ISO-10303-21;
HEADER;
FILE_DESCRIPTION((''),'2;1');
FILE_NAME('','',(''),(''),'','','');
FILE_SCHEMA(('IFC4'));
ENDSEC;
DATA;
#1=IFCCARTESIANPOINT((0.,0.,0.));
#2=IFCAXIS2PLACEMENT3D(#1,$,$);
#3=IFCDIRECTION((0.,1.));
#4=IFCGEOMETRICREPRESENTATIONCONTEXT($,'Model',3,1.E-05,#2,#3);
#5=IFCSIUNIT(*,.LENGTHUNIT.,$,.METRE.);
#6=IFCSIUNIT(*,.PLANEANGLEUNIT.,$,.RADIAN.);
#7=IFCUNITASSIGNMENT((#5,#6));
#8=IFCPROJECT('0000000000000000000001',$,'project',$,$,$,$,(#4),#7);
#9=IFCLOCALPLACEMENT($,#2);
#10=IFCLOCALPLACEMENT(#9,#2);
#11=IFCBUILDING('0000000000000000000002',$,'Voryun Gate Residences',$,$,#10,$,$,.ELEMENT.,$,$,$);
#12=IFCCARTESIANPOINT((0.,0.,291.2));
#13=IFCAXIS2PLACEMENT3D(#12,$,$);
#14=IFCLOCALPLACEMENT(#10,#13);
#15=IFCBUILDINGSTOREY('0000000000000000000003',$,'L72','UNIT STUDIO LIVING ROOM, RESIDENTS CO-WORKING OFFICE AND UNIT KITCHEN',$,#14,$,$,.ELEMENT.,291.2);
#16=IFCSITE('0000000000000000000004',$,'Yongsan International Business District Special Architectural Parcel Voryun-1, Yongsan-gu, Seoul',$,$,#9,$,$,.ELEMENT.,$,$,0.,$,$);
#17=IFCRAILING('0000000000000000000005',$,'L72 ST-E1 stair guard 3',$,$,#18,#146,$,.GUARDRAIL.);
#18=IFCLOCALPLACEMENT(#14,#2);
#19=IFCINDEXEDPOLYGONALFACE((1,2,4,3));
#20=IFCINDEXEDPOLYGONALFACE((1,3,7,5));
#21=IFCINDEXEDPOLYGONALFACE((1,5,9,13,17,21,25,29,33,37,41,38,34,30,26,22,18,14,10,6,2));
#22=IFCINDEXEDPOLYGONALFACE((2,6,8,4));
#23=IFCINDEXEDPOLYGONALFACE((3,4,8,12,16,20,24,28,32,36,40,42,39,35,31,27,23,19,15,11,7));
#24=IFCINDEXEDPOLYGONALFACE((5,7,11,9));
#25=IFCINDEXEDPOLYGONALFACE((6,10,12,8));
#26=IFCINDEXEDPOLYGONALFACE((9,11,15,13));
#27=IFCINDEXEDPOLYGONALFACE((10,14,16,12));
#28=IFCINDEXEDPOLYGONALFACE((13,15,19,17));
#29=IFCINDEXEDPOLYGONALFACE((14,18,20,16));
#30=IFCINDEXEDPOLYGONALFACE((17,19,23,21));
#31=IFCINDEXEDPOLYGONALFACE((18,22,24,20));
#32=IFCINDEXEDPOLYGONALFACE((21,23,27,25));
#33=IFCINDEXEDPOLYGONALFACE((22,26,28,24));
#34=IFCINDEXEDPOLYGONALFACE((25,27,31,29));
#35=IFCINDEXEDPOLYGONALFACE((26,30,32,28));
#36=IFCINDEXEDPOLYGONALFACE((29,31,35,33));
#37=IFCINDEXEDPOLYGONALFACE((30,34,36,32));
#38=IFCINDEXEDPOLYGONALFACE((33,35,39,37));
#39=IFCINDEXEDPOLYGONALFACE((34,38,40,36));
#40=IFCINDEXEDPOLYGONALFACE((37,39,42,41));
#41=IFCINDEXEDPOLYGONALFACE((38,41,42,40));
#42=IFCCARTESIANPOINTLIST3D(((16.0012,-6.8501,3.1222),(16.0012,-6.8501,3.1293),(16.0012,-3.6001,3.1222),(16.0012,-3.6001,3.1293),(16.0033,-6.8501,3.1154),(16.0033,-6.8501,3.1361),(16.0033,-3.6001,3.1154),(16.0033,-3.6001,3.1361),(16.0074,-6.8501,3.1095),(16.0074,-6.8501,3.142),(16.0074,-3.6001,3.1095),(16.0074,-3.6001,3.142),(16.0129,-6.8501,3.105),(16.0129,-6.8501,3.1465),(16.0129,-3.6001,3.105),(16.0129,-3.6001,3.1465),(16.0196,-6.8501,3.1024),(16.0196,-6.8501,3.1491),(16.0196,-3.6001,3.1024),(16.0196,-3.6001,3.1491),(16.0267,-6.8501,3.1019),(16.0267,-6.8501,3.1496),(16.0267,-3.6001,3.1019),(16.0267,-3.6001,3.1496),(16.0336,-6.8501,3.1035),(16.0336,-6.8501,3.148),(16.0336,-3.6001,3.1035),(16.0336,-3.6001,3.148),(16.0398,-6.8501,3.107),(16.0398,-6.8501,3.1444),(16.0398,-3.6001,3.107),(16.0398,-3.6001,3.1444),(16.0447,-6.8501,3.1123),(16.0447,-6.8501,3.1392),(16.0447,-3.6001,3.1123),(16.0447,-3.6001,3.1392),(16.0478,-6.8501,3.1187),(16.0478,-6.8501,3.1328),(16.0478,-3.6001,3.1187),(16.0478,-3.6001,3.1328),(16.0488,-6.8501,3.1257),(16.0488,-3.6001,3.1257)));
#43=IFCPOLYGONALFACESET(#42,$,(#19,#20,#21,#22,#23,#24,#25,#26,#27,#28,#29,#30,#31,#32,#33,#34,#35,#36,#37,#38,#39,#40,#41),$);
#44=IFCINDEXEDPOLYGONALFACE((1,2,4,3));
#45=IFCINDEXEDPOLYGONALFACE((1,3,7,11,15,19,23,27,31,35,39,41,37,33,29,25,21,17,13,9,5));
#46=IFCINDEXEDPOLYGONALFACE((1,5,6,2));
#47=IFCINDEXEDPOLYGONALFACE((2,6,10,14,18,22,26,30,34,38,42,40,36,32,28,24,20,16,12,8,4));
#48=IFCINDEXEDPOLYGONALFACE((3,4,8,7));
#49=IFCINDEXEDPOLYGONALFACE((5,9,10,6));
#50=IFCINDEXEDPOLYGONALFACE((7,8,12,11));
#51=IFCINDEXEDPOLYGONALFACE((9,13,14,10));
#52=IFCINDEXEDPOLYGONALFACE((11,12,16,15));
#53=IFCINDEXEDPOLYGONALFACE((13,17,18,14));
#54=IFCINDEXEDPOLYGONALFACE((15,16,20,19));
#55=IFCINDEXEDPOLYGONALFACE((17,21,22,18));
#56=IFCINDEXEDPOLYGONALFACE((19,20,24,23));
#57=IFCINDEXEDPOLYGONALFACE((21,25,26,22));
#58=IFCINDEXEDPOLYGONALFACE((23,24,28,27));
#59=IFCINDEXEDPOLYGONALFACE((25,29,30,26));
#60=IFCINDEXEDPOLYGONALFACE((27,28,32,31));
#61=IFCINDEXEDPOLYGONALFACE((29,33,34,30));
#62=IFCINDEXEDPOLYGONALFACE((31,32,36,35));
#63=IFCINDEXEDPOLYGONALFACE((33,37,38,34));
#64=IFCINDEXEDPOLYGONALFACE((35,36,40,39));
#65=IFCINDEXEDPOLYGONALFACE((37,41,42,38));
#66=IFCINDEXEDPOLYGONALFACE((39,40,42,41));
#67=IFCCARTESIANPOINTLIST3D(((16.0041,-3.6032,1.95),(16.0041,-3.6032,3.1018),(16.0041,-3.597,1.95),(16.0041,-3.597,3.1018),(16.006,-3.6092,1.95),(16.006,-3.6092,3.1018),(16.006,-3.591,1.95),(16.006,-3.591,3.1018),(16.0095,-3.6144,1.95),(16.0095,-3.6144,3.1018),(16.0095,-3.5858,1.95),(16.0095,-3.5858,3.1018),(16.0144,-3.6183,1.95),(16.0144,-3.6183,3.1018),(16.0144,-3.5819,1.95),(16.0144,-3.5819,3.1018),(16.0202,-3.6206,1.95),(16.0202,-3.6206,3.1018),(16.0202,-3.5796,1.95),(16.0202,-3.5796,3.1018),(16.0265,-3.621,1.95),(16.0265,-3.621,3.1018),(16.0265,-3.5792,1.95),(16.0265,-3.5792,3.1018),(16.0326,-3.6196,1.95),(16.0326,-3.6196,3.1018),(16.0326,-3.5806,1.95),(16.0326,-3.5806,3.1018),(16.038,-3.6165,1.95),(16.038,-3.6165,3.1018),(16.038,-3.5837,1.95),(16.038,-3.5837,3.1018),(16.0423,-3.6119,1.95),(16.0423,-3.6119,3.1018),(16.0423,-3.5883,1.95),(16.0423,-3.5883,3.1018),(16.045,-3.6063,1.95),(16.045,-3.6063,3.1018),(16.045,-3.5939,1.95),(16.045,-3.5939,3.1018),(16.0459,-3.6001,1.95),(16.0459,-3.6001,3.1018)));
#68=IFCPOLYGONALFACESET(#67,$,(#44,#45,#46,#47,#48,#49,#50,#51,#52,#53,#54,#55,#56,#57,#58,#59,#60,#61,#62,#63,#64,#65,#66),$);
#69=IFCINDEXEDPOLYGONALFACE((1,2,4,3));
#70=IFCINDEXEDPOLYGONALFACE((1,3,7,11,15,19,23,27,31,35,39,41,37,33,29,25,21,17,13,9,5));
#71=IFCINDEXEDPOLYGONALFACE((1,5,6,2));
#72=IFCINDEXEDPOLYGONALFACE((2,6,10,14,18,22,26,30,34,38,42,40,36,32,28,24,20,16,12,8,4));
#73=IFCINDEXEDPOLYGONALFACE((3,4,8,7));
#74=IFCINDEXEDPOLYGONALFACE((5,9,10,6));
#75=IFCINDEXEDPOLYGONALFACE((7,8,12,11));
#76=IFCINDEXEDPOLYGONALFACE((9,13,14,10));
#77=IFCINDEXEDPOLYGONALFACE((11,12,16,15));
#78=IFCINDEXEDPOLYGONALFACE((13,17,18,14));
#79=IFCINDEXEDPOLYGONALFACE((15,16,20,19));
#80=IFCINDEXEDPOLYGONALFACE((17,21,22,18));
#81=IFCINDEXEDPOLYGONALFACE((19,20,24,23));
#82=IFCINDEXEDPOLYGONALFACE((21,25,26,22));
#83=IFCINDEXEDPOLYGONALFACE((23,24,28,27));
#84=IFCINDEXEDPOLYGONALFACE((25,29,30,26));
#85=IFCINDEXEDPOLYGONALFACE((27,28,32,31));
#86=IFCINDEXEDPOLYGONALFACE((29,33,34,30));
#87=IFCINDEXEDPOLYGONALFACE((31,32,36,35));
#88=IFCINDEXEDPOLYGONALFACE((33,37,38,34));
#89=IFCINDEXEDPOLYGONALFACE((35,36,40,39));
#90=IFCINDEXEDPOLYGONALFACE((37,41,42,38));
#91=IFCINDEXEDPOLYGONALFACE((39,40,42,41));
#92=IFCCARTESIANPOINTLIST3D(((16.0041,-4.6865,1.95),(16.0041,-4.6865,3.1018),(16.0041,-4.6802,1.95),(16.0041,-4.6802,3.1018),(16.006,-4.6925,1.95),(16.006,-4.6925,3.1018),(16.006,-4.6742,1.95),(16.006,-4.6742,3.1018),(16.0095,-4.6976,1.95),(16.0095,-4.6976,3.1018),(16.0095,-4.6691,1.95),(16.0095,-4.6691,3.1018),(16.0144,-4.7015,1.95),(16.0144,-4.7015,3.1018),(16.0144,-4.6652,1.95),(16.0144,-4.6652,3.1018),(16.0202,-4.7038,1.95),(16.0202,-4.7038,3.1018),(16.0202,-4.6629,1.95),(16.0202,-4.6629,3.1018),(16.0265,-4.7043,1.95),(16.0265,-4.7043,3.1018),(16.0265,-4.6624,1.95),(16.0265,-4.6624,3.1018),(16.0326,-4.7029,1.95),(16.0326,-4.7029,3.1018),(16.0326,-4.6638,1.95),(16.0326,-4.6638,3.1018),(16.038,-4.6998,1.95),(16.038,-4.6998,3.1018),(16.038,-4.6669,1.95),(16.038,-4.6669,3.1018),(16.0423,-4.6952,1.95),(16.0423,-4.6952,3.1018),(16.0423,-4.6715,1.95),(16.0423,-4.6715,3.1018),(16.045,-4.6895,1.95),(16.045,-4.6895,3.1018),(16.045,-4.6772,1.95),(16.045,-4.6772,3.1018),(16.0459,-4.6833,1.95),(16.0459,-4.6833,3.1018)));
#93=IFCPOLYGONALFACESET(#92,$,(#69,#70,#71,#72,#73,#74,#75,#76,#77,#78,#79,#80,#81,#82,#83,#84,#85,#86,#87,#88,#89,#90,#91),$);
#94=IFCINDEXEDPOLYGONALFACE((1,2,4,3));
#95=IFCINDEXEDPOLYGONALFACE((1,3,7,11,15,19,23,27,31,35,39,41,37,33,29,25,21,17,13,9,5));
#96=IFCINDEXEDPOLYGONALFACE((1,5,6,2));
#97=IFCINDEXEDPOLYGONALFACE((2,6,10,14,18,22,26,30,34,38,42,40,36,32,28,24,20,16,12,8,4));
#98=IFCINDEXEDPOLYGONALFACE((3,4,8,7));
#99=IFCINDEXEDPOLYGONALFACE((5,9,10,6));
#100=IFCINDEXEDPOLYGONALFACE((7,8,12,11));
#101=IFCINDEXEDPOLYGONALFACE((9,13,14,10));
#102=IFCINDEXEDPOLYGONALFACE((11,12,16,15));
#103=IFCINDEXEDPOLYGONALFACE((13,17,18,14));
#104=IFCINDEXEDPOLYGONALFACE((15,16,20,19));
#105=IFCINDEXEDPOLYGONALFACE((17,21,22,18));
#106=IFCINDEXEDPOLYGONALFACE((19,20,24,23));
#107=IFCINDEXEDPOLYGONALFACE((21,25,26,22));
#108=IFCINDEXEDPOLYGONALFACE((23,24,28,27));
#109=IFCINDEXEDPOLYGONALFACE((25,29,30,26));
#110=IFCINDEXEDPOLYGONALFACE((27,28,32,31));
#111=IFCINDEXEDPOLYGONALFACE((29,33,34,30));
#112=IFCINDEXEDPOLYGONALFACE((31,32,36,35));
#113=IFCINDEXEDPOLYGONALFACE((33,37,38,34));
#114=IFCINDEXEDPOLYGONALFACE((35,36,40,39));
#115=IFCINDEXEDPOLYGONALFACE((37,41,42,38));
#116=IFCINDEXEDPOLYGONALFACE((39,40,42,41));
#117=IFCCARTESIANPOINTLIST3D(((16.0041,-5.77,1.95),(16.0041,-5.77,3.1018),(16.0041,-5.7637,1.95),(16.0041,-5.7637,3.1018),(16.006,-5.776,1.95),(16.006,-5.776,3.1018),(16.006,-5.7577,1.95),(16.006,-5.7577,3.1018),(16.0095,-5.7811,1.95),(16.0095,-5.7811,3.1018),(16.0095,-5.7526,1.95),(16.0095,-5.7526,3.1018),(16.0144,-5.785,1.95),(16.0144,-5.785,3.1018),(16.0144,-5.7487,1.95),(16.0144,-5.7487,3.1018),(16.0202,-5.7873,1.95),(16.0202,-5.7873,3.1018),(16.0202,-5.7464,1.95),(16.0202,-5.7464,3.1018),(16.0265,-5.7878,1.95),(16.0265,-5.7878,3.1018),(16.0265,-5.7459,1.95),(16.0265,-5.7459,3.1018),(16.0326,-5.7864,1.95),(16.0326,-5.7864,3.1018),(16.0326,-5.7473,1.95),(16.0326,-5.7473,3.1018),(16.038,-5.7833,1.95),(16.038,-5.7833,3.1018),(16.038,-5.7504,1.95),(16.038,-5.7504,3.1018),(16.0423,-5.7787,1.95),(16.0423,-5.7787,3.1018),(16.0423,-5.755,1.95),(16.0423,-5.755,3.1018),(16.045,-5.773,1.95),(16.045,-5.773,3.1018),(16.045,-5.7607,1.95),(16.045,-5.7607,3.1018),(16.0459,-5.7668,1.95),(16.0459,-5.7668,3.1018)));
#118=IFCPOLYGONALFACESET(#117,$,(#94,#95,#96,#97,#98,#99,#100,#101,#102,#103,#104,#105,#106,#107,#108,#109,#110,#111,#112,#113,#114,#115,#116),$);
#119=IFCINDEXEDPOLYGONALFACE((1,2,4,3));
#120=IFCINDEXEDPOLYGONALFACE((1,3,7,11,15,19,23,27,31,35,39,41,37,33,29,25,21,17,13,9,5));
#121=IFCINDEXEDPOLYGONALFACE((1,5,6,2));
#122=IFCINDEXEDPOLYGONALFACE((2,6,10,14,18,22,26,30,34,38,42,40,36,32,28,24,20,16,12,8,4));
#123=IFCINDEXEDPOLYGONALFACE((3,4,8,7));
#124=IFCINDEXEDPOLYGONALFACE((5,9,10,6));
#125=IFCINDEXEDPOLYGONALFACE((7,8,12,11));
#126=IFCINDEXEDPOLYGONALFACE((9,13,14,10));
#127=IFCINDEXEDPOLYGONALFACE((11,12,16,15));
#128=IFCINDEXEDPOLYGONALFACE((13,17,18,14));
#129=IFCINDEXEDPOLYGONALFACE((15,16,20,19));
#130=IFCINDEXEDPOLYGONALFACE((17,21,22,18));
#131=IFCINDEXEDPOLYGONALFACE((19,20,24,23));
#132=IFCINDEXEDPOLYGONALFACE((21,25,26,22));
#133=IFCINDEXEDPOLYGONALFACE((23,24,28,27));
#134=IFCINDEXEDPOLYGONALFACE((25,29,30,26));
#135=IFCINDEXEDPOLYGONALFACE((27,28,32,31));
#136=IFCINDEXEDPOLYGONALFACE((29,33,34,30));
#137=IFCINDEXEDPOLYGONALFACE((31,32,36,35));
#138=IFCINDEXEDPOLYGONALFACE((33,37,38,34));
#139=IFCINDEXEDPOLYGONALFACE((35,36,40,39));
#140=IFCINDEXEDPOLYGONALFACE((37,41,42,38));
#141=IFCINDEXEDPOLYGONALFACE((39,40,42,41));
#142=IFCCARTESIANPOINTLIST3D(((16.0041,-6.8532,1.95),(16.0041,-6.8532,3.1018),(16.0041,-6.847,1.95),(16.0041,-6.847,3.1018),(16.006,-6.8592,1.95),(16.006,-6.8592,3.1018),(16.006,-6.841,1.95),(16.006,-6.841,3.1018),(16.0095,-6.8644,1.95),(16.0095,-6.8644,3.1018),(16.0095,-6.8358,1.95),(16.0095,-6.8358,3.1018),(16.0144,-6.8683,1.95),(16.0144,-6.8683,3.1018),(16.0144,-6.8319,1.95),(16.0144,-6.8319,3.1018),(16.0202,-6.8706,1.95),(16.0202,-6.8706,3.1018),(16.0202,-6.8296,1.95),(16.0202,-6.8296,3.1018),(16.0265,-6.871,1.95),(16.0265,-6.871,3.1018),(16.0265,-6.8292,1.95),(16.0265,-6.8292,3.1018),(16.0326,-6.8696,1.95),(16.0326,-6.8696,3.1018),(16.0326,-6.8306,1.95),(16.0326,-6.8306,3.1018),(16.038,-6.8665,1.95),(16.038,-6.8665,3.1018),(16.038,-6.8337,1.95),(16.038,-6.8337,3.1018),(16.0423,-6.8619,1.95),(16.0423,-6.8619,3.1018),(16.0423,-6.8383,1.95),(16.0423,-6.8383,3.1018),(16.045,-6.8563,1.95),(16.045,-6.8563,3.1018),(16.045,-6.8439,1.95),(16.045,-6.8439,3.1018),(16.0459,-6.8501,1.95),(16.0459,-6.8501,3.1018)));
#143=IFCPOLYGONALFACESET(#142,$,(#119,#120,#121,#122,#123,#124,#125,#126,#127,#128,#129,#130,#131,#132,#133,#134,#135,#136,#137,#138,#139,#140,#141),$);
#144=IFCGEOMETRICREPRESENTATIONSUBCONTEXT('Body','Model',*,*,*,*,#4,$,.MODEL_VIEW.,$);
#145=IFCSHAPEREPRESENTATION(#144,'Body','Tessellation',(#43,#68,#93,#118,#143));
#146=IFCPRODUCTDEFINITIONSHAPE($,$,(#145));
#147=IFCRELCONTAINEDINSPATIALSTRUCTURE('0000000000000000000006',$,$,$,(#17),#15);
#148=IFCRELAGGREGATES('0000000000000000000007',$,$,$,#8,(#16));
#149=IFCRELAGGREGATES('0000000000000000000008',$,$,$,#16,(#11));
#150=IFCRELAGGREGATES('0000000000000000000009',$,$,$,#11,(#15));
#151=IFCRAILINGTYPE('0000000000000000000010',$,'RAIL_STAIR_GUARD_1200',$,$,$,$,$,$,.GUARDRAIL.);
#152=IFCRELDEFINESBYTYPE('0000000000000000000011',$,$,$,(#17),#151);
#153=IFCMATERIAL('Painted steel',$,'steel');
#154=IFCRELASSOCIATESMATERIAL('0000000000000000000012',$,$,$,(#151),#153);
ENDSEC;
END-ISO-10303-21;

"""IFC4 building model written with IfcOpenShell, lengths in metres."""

from ifc_helpers import new_model, si_unit, direction, frame, origin, origin_2d, place, context, subcontext, project, spatial, circle, extrude, material, type_object, element, save


model = new_model("IFC4")

# Units and contexts
model_context = context("Model", 3, precision=1e-05, world=origin(), true_north=direction((0.0, 1.0)))
body_context = subcontext(model_context, "Body", "Model", "MODEL_VIEW")
ifc_project = project(units=[si_unit("LENGTHUNIT", "METRE"), si_unit("PLANEANGLEUNIT", "RADIAN")], contexts=[model_context])

# Site, building, storey
site_placement = place(None, origin())
site = spatial("IfcSite", under=ifc_project, at=site_placement, Name="Yongsan International Business District Special Architectural Parcel Voryun-1, Yongsan-gu, Seoul", CompositionType="ELEMENT", RefElevation=0.0)
building_placement = place(site_placement, origin())
building = spatial("IfcBuilding", under=site, at=building_placement, Name="Voryun Gate Residences", CompositionType="ELEMENT")
storey_placement = place(building_placement, frame((0.0, 0.0, 291.2)))
storey = spatial("IfcBuildingStorey", under=building, at=storey_placement, Name="L72", Description="UNIT STUDIO LIVING ROOM, RESIDENTS CO-WORKING OFFICE AND UNIT KITCHEN", CompositionType="ELEMENT", Elevation=291.2)

# Railing
ifc_material_1 = material(Name="Painted steel", Category="steel")
railing_type_1 = type_object("IfcRailingType", Name="RAIL_STAIR_GUARD_1200", PredefinedType="GUARDRAIL", material=ifc_material_1)
for number, where, name in (
    (1, (16.0249, -3.6001, 1.95), "L72 ST-E1 stair guard 3"),
):
    element("IfcRailing", number, at=place(storey_placement, frame(where)), inside=storey, type_object=railing_type_1, Name=name, PredefinedType="GUARDRAIL", context=body_context, shape_type="SweptSolid", body=[
        extrude(circle(Radius=0.0239, at=origin_2d()), frame((0.0, 0.0, 1.1758), z_axis=(0.0, -1.0, 0.0), x_axis=(1.0, 0.0, 0.0)), (0.0, 0.0, 1.0), 3.25),
        extrude(circle(Radius=0.021, at=origin_2d()), origin(), (0.0, 0.0, 1.0), 1.1519),
        extrude(circle(Radius=0.021, at=origin_2d()), frame((0.0, -1.0833, 0.0)), (0.0, 0.0, 1.0), 1.1519),
        extrude(circle(Radius=0.021, at=origin_2d()), frame((0.0, -2.1667, 0.0)), (0.0, 0.0, 1.0), 1.1519),
        extrude(circle(Radius=0.021, at=origin_2d()), frame((0.0, -3.25, 0.0)), (0.0, 0.0, 1.0), 1.1519),
    ])

save(model, "model.ifc")
